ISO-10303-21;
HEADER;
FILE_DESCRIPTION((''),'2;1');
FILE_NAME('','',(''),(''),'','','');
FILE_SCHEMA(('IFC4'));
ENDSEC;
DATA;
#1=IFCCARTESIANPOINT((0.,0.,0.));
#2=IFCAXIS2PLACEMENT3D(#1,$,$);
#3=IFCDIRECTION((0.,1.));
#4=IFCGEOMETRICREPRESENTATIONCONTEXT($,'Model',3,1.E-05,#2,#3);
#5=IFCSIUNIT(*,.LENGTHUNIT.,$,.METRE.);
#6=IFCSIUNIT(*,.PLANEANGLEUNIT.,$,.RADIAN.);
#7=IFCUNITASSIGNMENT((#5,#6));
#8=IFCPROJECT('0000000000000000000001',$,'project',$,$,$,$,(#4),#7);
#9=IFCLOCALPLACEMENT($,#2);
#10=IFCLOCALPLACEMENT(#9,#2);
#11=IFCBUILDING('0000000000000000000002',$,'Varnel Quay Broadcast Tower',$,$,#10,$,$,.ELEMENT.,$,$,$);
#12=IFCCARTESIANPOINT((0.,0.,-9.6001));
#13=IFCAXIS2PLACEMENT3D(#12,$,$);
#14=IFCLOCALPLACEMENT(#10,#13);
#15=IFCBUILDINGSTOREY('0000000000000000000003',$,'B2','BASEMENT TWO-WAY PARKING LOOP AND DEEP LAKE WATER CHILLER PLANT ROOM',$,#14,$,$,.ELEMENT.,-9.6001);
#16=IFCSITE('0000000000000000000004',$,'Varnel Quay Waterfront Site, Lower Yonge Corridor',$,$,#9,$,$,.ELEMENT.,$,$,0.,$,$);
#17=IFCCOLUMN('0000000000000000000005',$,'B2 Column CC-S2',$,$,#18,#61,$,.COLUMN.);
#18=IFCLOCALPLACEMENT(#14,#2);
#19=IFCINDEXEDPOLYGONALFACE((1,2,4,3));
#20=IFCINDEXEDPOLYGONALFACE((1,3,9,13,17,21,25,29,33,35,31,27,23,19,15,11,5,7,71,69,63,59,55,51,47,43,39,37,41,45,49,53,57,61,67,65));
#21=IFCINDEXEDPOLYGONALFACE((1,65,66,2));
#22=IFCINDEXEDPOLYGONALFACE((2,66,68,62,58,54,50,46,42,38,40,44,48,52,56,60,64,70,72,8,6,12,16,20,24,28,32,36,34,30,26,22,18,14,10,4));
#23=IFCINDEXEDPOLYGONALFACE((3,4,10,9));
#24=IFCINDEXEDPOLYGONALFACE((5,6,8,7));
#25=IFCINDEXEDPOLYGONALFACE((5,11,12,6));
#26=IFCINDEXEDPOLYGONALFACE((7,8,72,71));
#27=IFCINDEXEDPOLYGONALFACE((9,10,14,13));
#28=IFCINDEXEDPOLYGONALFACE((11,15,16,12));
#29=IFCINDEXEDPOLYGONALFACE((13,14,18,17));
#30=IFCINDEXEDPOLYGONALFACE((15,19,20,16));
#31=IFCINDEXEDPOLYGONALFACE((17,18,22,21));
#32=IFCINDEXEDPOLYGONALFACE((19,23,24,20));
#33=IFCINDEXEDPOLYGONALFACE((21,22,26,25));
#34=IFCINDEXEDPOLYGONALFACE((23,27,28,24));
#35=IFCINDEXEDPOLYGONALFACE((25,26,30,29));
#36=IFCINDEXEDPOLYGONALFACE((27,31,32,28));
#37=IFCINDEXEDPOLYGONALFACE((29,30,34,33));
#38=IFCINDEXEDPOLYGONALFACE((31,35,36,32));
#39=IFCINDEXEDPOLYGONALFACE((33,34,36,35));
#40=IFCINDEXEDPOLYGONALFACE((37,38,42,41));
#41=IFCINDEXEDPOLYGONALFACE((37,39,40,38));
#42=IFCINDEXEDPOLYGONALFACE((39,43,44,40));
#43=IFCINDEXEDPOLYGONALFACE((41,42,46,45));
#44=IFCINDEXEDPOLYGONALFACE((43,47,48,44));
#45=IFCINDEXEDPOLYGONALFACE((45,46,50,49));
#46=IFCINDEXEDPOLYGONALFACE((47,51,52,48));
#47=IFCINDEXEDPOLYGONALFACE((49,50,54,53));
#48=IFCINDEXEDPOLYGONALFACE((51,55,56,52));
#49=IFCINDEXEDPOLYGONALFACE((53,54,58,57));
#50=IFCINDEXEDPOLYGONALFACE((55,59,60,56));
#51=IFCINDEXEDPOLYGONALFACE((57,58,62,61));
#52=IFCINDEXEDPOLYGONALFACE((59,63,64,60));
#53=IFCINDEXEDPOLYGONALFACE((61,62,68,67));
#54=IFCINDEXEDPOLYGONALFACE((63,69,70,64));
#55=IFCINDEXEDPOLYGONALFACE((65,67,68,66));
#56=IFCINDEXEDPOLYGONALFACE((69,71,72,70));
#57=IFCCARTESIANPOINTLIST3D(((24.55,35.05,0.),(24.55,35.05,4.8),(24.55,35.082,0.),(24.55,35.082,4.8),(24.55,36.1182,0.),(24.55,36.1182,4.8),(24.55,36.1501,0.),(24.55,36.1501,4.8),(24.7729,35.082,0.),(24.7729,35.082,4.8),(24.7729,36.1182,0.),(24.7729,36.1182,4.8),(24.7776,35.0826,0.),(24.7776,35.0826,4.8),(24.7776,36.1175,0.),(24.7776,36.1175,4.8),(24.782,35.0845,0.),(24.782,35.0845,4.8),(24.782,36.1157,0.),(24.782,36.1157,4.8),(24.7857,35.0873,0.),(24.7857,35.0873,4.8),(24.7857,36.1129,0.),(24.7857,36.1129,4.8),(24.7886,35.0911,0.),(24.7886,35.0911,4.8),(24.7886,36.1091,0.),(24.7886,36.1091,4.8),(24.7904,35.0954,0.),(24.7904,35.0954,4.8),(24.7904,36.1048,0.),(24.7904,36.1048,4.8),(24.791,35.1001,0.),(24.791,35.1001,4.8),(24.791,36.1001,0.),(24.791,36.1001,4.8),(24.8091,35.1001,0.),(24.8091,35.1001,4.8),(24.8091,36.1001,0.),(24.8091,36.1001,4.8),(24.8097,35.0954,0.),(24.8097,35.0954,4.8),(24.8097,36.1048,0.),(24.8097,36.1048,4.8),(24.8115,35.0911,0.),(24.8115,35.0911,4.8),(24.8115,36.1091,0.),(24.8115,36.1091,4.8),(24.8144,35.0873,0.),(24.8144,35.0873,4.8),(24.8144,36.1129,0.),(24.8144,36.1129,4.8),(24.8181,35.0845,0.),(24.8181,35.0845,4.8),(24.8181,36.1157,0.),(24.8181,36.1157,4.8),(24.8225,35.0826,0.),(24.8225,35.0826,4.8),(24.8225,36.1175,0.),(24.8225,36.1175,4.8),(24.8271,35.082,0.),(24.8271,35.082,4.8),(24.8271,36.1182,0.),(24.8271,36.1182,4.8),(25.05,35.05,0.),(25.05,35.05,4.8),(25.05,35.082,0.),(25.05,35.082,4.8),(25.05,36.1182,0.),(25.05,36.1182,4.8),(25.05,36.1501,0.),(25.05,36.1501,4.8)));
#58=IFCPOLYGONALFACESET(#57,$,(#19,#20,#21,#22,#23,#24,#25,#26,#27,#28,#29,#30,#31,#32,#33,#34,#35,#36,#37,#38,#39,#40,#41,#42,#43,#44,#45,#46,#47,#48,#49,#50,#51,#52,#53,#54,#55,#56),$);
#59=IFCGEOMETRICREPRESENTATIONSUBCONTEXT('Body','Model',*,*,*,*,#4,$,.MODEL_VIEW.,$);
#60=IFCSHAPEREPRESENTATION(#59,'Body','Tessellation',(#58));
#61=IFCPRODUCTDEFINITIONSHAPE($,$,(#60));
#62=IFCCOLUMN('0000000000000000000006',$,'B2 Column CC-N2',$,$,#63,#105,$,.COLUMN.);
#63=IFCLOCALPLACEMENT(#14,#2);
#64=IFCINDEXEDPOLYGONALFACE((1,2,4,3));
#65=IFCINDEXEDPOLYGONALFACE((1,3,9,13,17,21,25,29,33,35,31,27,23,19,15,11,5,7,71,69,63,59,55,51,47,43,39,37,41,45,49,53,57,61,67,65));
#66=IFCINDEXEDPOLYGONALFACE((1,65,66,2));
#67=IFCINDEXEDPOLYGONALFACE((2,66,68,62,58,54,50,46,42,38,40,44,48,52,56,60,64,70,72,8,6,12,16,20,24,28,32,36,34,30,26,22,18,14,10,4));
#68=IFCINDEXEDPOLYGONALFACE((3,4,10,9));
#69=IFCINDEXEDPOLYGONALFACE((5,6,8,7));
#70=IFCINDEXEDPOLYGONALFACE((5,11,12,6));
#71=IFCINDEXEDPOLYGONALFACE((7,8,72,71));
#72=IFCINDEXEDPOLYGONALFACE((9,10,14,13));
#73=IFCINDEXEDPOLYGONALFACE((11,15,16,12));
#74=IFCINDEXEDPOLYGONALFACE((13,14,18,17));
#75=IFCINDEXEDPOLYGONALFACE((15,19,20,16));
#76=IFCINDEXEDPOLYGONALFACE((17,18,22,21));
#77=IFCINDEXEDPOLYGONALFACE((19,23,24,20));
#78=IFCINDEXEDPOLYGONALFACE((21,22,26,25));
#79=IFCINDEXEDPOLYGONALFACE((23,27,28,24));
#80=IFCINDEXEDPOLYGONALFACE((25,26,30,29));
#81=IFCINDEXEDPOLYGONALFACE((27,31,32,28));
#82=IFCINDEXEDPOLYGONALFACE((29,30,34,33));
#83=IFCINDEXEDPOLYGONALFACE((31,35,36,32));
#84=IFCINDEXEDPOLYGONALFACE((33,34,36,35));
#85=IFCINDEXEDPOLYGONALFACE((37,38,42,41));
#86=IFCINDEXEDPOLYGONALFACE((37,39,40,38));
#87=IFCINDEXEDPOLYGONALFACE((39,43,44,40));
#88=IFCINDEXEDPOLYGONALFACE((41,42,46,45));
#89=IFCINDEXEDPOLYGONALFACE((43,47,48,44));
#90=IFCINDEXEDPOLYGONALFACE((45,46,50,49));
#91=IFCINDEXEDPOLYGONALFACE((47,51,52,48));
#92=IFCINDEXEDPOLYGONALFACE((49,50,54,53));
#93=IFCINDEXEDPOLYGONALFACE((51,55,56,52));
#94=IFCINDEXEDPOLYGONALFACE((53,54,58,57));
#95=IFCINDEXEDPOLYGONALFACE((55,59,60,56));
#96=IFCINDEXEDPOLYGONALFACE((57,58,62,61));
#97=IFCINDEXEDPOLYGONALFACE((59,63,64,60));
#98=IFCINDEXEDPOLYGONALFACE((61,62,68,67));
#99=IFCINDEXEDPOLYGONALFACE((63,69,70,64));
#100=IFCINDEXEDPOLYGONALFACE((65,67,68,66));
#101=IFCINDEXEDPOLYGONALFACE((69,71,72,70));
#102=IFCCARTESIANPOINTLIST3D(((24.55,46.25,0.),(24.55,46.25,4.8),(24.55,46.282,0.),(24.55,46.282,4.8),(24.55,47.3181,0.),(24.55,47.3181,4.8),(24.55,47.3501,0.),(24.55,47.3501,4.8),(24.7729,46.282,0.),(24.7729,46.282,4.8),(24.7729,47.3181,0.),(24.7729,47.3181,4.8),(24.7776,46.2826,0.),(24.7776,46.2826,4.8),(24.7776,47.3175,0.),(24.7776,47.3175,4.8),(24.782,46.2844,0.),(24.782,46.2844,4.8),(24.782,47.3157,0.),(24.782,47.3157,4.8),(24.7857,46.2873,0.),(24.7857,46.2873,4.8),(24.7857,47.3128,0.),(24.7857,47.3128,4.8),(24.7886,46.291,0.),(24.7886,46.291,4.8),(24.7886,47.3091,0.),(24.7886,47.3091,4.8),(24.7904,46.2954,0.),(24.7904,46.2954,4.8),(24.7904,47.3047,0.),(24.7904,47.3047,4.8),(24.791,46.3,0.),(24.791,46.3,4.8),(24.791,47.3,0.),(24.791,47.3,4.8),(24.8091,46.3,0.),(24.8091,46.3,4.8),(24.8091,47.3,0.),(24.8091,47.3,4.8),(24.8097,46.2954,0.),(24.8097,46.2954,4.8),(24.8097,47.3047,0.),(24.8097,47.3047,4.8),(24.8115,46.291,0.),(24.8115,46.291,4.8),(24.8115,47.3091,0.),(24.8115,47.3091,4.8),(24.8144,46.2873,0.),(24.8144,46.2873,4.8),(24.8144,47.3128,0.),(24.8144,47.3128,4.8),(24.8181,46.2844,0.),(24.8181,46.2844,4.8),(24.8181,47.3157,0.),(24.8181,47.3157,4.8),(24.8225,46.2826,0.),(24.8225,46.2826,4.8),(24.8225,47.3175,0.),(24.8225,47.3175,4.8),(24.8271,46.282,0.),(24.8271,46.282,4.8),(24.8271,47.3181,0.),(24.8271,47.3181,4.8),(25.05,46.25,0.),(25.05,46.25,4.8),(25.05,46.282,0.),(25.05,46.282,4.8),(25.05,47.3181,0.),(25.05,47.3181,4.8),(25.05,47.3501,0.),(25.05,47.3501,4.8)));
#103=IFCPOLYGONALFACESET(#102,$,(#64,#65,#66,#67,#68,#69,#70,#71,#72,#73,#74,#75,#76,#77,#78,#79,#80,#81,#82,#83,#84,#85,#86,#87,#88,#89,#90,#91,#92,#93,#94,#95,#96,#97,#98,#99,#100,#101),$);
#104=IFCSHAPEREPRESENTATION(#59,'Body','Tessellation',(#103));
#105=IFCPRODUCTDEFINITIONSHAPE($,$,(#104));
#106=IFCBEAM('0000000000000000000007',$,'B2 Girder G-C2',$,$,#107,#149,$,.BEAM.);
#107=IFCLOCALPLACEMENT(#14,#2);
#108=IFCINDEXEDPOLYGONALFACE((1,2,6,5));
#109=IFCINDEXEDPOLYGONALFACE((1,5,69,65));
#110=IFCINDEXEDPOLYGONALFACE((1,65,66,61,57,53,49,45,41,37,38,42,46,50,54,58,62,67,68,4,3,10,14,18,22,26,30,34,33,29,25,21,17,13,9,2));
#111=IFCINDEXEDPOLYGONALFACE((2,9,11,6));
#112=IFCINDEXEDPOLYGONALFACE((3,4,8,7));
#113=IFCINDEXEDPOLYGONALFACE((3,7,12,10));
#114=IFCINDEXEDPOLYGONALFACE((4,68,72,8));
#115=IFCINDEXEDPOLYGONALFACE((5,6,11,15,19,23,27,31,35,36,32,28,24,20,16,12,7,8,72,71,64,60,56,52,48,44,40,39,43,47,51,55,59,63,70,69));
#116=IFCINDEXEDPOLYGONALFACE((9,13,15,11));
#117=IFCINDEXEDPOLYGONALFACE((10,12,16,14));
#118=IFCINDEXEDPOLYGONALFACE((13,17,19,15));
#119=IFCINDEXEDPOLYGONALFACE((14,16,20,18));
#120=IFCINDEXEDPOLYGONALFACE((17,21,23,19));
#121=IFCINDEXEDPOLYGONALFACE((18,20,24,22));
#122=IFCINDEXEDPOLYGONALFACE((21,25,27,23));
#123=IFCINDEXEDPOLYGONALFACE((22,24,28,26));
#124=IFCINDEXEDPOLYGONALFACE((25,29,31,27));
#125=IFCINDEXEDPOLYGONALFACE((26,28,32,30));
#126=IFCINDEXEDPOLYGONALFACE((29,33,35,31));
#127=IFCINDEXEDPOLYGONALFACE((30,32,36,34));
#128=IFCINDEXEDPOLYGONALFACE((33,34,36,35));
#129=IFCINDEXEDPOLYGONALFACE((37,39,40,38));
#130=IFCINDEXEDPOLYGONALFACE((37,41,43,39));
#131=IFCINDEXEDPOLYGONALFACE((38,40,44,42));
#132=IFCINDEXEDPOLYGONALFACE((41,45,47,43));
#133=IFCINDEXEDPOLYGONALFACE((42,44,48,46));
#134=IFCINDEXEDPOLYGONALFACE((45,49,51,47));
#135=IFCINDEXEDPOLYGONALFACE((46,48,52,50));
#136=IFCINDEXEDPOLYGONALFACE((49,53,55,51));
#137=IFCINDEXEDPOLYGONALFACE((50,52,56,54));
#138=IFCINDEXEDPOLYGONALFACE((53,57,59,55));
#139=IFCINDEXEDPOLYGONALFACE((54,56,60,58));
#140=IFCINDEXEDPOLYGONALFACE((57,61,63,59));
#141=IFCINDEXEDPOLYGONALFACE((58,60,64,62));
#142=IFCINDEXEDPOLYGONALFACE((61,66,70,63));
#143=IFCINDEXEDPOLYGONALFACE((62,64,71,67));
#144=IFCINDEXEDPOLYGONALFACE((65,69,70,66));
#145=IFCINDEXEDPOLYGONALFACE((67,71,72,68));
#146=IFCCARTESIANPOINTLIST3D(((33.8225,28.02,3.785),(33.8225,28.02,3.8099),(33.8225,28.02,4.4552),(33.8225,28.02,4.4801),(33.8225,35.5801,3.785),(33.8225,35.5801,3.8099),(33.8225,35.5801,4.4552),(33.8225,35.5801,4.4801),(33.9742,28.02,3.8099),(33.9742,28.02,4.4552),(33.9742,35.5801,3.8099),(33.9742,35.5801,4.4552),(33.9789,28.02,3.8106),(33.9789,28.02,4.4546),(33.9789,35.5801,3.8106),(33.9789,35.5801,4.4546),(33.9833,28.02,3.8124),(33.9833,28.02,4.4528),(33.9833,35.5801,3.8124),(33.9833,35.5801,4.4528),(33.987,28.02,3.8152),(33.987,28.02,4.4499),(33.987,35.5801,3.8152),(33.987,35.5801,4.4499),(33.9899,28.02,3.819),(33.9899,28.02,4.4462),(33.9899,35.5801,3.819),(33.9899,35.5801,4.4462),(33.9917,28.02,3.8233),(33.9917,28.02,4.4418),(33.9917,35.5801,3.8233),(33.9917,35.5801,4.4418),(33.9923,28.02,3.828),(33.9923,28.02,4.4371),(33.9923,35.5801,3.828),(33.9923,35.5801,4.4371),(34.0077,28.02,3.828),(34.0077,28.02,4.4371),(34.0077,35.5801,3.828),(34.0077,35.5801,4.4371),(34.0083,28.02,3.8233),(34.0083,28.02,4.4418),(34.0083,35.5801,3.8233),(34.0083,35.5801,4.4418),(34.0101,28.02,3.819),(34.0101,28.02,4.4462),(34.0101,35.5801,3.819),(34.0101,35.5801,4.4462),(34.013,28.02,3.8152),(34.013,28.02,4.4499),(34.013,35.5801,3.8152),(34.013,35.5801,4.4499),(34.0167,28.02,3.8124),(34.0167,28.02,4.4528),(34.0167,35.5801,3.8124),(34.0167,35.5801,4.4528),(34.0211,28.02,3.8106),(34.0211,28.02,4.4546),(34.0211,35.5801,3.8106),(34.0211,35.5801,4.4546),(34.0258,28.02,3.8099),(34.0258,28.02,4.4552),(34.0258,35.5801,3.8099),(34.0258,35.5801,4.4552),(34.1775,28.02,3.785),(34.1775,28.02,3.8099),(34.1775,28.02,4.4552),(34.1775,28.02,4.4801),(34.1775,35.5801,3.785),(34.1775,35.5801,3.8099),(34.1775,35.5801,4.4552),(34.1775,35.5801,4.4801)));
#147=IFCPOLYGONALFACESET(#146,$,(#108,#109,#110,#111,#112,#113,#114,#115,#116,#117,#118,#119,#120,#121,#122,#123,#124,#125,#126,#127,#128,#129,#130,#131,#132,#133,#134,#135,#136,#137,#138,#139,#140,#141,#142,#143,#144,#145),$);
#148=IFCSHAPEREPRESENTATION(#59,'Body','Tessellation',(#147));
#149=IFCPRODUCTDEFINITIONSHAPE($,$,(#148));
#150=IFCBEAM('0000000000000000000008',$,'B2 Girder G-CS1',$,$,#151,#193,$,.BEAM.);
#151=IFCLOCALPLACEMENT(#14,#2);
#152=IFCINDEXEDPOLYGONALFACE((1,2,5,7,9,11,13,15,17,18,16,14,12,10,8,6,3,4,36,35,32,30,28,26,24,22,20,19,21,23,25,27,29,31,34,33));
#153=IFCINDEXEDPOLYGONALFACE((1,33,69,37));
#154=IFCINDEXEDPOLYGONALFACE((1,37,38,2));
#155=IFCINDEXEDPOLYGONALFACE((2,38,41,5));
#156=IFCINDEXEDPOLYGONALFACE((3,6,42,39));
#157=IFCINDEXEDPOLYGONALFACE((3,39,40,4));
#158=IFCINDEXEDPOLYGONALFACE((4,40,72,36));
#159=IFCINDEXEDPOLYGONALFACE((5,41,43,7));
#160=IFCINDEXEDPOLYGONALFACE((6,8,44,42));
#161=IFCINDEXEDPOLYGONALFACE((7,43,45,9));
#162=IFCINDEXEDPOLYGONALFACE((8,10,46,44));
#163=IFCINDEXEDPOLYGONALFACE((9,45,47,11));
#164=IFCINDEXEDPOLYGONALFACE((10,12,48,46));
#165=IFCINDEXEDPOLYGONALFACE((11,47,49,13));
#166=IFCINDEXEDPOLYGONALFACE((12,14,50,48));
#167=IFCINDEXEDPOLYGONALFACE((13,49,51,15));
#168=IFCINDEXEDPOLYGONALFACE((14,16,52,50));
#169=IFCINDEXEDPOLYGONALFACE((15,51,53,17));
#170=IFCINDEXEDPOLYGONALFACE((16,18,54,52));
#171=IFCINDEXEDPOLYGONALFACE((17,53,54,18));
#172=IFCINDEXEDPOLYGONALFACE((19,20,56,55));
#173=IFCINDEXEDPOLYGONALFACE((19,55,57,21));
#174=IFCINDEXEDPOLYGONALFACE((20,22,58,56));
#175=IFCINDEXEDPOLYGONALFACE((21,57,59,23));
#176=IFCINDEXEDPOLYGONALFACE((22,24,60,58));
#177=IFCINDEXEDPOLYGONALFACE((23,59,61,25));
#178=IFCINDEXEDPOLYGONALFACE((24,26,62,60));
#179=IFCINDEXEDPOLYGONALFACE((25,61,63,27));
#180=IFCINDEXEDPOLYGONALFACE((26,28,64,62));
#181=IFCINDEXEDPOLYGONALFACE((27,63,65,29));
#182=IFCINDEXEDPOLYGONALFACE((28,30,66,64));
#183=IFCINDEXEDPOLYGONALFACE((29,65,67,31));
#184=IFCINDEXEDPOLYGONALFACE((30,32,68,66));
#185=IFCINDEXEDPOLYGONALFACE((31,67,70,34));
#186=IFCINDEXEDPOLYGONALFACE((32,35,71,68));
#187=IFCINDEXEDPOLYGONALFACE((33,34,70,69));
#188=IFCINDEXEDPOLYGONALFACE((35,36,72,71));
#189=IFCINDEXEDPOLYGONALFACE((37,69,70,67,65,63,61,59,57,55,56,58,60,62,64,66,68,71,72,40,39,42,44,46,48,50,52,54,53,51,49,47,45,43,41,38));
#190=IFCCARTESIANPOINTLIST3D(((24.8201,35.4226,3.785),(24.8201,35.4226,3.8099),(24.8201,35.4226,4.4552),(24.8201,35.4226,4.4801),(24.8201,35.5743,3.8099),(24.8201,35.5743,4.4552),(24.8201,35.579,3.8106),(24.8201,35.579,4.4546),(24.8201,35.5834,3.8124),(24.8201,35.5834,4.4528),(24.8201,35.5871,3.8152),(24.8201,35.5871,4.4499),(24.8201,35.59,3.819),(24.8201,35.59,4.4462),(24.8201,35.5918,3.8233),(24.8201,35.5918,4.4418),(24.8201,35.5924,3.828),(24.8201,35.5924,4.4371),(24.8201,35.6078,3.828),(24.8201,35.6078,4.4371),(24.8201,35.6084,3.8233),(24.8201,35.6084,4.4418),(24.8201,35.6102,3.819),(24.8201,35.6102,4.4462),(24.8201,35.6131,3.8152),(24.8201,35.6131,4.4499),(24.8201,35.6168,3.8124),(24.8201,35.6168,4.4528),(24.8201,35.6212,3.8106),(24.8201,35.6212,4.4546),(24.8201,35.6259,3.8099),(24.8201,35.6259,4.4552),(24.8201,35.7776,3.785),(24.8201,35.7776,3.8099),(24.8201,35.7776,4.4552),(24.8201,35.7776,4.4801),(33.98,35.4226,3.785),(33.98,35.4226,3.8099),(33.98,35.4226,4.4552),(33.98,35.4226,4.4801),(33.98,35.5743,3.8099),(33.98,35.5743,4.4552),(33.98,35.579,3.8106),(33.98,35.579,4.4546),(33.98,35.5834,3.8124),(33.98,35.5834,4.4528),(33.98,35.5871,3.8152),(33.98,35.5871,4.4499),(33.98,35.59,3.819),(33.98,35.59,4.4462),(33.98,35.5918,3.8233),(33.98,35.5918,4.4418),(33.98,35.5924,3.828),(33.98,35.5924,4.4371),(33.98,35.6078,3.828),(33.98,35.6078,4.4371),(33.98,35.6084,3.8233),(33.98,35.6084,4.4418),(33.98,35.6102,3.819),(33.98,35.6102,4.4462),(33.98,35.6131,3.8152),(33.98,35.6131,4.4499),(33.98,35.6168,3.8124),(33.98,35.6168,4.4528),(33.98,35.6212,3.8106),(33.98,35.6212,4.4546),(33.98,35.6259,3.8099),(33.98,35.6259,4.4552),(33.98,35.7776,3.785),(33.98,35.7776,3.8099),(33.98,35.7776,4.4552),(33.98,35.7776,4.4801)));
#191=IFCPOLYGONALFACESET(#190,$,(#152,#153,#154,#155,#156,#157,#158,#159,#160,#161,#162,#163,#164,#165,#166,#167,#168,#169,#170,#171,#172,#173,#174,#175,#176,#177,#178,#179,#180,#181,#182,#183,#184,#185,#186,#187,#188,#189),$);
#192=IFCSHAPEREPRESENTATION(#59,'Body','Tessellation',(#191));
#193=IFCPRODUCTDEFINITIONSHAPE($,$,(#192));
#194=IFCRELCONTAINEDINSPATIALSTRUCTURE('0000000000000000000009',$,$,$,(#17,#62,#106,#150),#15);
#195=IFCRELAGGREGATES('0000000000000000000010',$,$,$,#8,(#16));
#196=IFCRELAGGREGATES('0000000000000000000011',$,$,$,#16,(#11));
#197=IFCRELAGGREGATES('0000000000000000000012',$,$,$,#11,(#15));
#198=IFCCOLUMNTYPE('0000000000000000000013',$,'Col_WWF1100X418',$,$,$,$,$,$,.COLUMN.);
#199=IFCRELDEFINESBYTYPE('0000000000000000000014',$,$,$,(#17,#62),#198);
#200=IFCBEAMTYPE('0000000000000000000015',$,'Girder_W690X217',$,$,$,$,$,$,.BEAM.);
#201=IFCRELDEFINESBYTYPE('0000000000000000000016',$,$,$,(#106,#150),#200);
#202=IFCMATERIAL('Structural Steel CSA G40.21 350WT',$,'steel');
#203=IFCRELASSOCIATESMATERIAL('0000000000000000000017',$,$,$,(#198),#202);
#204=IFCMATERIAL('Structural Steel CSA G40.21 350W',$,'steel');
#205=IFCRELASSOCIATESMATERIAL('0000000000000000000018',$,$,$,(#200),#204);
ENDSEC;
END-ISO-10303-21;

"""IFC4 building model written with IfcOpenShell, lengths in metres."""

from ifc_helpers import new_model, si_unit, direction, frame, origin, origin_2d, place, context, subcontext, project, spatial, i_section, extrude, source, transform, mapped, material, material_profile, profile_set, type_object, type_shapes, element, save


model = new_model("IFC4")

# Units and contexts
model_context = context("Model", 3, precision=1e-05, world=origin(), true_north=direction((0.0, 1.0)))
body_context = subcontext(model_context, "Body", "Model", "MODEL_VIEW")
ifc_project = project(units=[si_unit("LENGTHUNIT", "METRE"), si_unit("PLANEANGLEUNIT", "RADIAN")], contexts=[model_context])

# Site, building, storey
site_placement = place(None, origin())
site = spatial("IfcSite", under=ifc_project, at=site_placement, Name="Varnel Quay Waterfront Site, Lower Yonge Corridor", CompositionType="ELEMENT", RefElevation=0.0)
building_placement = place(site_placement, origin())
building = spatial("IfcBuilding", under=site, at=building_placement, Name="Varnel Quay Broadcast Tower", CompositionType="ELEMENT")
storey_placement = place(building_placement, frame((0.0, 0.0, -9.6001)))
storey = spatial("IfcBuildingStorey", under=building, at=storey_placement, Name="B2", Description="BASEMENT TWO-WAY PARKING LOOP AND DEEP LAKE WATER CHILLER PLANT ROOM", CompositionType="ELEMENT", Elevation=-9.6001)

# Columns
ifc_material_1 = material(Name="Structural Steel CSA G40.21 350WT", Category="steel")
ifc_material_profile_1 = material_profile(ifc_material_1, i_section(OverallWidth=0.5, OverallDepth=1.1001, WebThickness=0.0181, FlangeThickness=0.032, FilletRadius=0.0181, at=origin_2d()), Name="WWF1100X418")
ifc_profile_set_1 = profile_set([ifc_material_profile_1], Name="Structural Steel CSA G40.21 350WT")
column_type = type_object("IfcColumnType", Name="Col_WWF1100X418", PredefinedType="COLUMN", material=ifc_profile_set_1)
shared_shape_1 = source(origin(), body_context, "Body", "SweptSolid", [
    extrude(i_section(OverallWidth=0.5, OverallDepth=1.1001, WebThickness=0.0181, FlangeThickness=0.032, FilletRadius=0.0181, at=origin_2d()), origin(), (0.0, 0.0, 1.0), 4.8),
])
type_shapes(column_type, [shared_shape_1])
for number, where, z_axis, x_axis, name in (
    (1, (24.8, 35.6001, 0.0), (0.0, 0.0, 1.0), (1.0, 0.0, 0.0), "B2 Column CC-S2"),
    (2, (24.8, 46.8, 0.0), (0.0, 0.0, 1.0), (1.0, 0.0, 0.0), "B2 Column CC-N2"),
):
    element("IfcColumn", number, at=place(storey_placement, frame(where, z_axis=z_axis, x_axis=x_axis)), inside=storey, type_object=column_type, Name=name, PredefinedType="COLUMN", context=body_context, shape_type="MappedRepresentation", body=[
        mapped(shared_shape_1, transform((0.0, 0.0, 0.0), x_axis=(1.0, 0.0, 0.0), y_axis=(0.0, 1.0, 0.0), z_axis=(0.0, 0.0, 1.0), scale=1.0)),
    ])

# Beams
ifc_material_2 = material(Name="Structural Steel CSA G40.21 350W", Category="steel")
ifc_material_profile_2 = material_profile(ifc_material_2, i_section(OverallWidth=0.355, OverallDepth=0.6951, WebThickness=0.0154, FlangeThickness=0.0249, FilletRadius=0.0181, at=origin_2d()), Name="W690X217")
ifc_profile_set_2 = profile_set([ifc_material_profile_2], Name="Structural Steel CSA G40.21 350W")
beam_type_1 = type_object("IfcBeamType", Name="Girder_W690X217", PredefinedType="BEAM", material=ifc_profile_set_2)
shared_shape_2 = source(origin(), body_context, "Body", "SweptSolid", [
    extrude(i_section(OverallWidth=0.355, OverallDepth=0.6951, WebThickness=0.0154, FlangeThickness=0.0249, FilletRadius=0.0181, at=origin_2d()), origin(), (0.0, 0.0, 1.0), 7.5601),
])
beam_1_placement = place(storey_placement, frame((34.0, 28.02, 4.1326), z_axis=(0.0, 1.0, 0.0), x_axis=(-1.0, 0.0, 0.0)))
element("IfcBeam", 3, at=beam_1_placement, inside=storey, type_object=beam_type_1, Name="B2 Girder G-C2", PredefinedType="BEAM", context=body_context, shape_type="MappedRepresentation", body=[
    mapped(shared_shape_2, transform((0.0, 0.0, 0.0), x_axis=(1.0, 0.0, 0.0), y_axis=(0.0, 1.0, 0.0), z_axis=(0.0, 0.0, 1.0), scale=1.0)),
])
shared_shape_3 = source(origin(), body_context, "Body", "SweptSolid", [
    extrude(i_section(OverallWidth=0.355, OverallDepth=0.6951, WebThickness=0.0154, FlangeThickness=0.0249, FilletRadius=0.0181, at=origin_2d()), origin(), (0.0, 0.0, 1.0), 9.1599),
])
type_shapes(beam_type_1, [shared_shape_2, shared_shape_3])
beam_2_placement = place(storey_placement, frame((24.8201, 35.6001, 4.1326), z_axis=(1.0, 0.0, 0.0), x_axis=(0.0, 1.0, 0.0)))
element("IfcBeam", 4, at=beam_2_placement, inside=storey, type_object=beam_type_1, Name="B2 Girder G-CS1", PredefinedType="BEAM", context=body_context, shape_type="MappedRepresentation", body=[
    mapped(shared_shape_3, transform((0.0, 0.0, 0.0), x_axis=(1.0, 0.0, 0.0), y_axis=(0.0, 1.0, 0.0), z_axis=(0.0, 0.0, 1.0), scale=1.0)),
])

save(model, "model.ifc")
